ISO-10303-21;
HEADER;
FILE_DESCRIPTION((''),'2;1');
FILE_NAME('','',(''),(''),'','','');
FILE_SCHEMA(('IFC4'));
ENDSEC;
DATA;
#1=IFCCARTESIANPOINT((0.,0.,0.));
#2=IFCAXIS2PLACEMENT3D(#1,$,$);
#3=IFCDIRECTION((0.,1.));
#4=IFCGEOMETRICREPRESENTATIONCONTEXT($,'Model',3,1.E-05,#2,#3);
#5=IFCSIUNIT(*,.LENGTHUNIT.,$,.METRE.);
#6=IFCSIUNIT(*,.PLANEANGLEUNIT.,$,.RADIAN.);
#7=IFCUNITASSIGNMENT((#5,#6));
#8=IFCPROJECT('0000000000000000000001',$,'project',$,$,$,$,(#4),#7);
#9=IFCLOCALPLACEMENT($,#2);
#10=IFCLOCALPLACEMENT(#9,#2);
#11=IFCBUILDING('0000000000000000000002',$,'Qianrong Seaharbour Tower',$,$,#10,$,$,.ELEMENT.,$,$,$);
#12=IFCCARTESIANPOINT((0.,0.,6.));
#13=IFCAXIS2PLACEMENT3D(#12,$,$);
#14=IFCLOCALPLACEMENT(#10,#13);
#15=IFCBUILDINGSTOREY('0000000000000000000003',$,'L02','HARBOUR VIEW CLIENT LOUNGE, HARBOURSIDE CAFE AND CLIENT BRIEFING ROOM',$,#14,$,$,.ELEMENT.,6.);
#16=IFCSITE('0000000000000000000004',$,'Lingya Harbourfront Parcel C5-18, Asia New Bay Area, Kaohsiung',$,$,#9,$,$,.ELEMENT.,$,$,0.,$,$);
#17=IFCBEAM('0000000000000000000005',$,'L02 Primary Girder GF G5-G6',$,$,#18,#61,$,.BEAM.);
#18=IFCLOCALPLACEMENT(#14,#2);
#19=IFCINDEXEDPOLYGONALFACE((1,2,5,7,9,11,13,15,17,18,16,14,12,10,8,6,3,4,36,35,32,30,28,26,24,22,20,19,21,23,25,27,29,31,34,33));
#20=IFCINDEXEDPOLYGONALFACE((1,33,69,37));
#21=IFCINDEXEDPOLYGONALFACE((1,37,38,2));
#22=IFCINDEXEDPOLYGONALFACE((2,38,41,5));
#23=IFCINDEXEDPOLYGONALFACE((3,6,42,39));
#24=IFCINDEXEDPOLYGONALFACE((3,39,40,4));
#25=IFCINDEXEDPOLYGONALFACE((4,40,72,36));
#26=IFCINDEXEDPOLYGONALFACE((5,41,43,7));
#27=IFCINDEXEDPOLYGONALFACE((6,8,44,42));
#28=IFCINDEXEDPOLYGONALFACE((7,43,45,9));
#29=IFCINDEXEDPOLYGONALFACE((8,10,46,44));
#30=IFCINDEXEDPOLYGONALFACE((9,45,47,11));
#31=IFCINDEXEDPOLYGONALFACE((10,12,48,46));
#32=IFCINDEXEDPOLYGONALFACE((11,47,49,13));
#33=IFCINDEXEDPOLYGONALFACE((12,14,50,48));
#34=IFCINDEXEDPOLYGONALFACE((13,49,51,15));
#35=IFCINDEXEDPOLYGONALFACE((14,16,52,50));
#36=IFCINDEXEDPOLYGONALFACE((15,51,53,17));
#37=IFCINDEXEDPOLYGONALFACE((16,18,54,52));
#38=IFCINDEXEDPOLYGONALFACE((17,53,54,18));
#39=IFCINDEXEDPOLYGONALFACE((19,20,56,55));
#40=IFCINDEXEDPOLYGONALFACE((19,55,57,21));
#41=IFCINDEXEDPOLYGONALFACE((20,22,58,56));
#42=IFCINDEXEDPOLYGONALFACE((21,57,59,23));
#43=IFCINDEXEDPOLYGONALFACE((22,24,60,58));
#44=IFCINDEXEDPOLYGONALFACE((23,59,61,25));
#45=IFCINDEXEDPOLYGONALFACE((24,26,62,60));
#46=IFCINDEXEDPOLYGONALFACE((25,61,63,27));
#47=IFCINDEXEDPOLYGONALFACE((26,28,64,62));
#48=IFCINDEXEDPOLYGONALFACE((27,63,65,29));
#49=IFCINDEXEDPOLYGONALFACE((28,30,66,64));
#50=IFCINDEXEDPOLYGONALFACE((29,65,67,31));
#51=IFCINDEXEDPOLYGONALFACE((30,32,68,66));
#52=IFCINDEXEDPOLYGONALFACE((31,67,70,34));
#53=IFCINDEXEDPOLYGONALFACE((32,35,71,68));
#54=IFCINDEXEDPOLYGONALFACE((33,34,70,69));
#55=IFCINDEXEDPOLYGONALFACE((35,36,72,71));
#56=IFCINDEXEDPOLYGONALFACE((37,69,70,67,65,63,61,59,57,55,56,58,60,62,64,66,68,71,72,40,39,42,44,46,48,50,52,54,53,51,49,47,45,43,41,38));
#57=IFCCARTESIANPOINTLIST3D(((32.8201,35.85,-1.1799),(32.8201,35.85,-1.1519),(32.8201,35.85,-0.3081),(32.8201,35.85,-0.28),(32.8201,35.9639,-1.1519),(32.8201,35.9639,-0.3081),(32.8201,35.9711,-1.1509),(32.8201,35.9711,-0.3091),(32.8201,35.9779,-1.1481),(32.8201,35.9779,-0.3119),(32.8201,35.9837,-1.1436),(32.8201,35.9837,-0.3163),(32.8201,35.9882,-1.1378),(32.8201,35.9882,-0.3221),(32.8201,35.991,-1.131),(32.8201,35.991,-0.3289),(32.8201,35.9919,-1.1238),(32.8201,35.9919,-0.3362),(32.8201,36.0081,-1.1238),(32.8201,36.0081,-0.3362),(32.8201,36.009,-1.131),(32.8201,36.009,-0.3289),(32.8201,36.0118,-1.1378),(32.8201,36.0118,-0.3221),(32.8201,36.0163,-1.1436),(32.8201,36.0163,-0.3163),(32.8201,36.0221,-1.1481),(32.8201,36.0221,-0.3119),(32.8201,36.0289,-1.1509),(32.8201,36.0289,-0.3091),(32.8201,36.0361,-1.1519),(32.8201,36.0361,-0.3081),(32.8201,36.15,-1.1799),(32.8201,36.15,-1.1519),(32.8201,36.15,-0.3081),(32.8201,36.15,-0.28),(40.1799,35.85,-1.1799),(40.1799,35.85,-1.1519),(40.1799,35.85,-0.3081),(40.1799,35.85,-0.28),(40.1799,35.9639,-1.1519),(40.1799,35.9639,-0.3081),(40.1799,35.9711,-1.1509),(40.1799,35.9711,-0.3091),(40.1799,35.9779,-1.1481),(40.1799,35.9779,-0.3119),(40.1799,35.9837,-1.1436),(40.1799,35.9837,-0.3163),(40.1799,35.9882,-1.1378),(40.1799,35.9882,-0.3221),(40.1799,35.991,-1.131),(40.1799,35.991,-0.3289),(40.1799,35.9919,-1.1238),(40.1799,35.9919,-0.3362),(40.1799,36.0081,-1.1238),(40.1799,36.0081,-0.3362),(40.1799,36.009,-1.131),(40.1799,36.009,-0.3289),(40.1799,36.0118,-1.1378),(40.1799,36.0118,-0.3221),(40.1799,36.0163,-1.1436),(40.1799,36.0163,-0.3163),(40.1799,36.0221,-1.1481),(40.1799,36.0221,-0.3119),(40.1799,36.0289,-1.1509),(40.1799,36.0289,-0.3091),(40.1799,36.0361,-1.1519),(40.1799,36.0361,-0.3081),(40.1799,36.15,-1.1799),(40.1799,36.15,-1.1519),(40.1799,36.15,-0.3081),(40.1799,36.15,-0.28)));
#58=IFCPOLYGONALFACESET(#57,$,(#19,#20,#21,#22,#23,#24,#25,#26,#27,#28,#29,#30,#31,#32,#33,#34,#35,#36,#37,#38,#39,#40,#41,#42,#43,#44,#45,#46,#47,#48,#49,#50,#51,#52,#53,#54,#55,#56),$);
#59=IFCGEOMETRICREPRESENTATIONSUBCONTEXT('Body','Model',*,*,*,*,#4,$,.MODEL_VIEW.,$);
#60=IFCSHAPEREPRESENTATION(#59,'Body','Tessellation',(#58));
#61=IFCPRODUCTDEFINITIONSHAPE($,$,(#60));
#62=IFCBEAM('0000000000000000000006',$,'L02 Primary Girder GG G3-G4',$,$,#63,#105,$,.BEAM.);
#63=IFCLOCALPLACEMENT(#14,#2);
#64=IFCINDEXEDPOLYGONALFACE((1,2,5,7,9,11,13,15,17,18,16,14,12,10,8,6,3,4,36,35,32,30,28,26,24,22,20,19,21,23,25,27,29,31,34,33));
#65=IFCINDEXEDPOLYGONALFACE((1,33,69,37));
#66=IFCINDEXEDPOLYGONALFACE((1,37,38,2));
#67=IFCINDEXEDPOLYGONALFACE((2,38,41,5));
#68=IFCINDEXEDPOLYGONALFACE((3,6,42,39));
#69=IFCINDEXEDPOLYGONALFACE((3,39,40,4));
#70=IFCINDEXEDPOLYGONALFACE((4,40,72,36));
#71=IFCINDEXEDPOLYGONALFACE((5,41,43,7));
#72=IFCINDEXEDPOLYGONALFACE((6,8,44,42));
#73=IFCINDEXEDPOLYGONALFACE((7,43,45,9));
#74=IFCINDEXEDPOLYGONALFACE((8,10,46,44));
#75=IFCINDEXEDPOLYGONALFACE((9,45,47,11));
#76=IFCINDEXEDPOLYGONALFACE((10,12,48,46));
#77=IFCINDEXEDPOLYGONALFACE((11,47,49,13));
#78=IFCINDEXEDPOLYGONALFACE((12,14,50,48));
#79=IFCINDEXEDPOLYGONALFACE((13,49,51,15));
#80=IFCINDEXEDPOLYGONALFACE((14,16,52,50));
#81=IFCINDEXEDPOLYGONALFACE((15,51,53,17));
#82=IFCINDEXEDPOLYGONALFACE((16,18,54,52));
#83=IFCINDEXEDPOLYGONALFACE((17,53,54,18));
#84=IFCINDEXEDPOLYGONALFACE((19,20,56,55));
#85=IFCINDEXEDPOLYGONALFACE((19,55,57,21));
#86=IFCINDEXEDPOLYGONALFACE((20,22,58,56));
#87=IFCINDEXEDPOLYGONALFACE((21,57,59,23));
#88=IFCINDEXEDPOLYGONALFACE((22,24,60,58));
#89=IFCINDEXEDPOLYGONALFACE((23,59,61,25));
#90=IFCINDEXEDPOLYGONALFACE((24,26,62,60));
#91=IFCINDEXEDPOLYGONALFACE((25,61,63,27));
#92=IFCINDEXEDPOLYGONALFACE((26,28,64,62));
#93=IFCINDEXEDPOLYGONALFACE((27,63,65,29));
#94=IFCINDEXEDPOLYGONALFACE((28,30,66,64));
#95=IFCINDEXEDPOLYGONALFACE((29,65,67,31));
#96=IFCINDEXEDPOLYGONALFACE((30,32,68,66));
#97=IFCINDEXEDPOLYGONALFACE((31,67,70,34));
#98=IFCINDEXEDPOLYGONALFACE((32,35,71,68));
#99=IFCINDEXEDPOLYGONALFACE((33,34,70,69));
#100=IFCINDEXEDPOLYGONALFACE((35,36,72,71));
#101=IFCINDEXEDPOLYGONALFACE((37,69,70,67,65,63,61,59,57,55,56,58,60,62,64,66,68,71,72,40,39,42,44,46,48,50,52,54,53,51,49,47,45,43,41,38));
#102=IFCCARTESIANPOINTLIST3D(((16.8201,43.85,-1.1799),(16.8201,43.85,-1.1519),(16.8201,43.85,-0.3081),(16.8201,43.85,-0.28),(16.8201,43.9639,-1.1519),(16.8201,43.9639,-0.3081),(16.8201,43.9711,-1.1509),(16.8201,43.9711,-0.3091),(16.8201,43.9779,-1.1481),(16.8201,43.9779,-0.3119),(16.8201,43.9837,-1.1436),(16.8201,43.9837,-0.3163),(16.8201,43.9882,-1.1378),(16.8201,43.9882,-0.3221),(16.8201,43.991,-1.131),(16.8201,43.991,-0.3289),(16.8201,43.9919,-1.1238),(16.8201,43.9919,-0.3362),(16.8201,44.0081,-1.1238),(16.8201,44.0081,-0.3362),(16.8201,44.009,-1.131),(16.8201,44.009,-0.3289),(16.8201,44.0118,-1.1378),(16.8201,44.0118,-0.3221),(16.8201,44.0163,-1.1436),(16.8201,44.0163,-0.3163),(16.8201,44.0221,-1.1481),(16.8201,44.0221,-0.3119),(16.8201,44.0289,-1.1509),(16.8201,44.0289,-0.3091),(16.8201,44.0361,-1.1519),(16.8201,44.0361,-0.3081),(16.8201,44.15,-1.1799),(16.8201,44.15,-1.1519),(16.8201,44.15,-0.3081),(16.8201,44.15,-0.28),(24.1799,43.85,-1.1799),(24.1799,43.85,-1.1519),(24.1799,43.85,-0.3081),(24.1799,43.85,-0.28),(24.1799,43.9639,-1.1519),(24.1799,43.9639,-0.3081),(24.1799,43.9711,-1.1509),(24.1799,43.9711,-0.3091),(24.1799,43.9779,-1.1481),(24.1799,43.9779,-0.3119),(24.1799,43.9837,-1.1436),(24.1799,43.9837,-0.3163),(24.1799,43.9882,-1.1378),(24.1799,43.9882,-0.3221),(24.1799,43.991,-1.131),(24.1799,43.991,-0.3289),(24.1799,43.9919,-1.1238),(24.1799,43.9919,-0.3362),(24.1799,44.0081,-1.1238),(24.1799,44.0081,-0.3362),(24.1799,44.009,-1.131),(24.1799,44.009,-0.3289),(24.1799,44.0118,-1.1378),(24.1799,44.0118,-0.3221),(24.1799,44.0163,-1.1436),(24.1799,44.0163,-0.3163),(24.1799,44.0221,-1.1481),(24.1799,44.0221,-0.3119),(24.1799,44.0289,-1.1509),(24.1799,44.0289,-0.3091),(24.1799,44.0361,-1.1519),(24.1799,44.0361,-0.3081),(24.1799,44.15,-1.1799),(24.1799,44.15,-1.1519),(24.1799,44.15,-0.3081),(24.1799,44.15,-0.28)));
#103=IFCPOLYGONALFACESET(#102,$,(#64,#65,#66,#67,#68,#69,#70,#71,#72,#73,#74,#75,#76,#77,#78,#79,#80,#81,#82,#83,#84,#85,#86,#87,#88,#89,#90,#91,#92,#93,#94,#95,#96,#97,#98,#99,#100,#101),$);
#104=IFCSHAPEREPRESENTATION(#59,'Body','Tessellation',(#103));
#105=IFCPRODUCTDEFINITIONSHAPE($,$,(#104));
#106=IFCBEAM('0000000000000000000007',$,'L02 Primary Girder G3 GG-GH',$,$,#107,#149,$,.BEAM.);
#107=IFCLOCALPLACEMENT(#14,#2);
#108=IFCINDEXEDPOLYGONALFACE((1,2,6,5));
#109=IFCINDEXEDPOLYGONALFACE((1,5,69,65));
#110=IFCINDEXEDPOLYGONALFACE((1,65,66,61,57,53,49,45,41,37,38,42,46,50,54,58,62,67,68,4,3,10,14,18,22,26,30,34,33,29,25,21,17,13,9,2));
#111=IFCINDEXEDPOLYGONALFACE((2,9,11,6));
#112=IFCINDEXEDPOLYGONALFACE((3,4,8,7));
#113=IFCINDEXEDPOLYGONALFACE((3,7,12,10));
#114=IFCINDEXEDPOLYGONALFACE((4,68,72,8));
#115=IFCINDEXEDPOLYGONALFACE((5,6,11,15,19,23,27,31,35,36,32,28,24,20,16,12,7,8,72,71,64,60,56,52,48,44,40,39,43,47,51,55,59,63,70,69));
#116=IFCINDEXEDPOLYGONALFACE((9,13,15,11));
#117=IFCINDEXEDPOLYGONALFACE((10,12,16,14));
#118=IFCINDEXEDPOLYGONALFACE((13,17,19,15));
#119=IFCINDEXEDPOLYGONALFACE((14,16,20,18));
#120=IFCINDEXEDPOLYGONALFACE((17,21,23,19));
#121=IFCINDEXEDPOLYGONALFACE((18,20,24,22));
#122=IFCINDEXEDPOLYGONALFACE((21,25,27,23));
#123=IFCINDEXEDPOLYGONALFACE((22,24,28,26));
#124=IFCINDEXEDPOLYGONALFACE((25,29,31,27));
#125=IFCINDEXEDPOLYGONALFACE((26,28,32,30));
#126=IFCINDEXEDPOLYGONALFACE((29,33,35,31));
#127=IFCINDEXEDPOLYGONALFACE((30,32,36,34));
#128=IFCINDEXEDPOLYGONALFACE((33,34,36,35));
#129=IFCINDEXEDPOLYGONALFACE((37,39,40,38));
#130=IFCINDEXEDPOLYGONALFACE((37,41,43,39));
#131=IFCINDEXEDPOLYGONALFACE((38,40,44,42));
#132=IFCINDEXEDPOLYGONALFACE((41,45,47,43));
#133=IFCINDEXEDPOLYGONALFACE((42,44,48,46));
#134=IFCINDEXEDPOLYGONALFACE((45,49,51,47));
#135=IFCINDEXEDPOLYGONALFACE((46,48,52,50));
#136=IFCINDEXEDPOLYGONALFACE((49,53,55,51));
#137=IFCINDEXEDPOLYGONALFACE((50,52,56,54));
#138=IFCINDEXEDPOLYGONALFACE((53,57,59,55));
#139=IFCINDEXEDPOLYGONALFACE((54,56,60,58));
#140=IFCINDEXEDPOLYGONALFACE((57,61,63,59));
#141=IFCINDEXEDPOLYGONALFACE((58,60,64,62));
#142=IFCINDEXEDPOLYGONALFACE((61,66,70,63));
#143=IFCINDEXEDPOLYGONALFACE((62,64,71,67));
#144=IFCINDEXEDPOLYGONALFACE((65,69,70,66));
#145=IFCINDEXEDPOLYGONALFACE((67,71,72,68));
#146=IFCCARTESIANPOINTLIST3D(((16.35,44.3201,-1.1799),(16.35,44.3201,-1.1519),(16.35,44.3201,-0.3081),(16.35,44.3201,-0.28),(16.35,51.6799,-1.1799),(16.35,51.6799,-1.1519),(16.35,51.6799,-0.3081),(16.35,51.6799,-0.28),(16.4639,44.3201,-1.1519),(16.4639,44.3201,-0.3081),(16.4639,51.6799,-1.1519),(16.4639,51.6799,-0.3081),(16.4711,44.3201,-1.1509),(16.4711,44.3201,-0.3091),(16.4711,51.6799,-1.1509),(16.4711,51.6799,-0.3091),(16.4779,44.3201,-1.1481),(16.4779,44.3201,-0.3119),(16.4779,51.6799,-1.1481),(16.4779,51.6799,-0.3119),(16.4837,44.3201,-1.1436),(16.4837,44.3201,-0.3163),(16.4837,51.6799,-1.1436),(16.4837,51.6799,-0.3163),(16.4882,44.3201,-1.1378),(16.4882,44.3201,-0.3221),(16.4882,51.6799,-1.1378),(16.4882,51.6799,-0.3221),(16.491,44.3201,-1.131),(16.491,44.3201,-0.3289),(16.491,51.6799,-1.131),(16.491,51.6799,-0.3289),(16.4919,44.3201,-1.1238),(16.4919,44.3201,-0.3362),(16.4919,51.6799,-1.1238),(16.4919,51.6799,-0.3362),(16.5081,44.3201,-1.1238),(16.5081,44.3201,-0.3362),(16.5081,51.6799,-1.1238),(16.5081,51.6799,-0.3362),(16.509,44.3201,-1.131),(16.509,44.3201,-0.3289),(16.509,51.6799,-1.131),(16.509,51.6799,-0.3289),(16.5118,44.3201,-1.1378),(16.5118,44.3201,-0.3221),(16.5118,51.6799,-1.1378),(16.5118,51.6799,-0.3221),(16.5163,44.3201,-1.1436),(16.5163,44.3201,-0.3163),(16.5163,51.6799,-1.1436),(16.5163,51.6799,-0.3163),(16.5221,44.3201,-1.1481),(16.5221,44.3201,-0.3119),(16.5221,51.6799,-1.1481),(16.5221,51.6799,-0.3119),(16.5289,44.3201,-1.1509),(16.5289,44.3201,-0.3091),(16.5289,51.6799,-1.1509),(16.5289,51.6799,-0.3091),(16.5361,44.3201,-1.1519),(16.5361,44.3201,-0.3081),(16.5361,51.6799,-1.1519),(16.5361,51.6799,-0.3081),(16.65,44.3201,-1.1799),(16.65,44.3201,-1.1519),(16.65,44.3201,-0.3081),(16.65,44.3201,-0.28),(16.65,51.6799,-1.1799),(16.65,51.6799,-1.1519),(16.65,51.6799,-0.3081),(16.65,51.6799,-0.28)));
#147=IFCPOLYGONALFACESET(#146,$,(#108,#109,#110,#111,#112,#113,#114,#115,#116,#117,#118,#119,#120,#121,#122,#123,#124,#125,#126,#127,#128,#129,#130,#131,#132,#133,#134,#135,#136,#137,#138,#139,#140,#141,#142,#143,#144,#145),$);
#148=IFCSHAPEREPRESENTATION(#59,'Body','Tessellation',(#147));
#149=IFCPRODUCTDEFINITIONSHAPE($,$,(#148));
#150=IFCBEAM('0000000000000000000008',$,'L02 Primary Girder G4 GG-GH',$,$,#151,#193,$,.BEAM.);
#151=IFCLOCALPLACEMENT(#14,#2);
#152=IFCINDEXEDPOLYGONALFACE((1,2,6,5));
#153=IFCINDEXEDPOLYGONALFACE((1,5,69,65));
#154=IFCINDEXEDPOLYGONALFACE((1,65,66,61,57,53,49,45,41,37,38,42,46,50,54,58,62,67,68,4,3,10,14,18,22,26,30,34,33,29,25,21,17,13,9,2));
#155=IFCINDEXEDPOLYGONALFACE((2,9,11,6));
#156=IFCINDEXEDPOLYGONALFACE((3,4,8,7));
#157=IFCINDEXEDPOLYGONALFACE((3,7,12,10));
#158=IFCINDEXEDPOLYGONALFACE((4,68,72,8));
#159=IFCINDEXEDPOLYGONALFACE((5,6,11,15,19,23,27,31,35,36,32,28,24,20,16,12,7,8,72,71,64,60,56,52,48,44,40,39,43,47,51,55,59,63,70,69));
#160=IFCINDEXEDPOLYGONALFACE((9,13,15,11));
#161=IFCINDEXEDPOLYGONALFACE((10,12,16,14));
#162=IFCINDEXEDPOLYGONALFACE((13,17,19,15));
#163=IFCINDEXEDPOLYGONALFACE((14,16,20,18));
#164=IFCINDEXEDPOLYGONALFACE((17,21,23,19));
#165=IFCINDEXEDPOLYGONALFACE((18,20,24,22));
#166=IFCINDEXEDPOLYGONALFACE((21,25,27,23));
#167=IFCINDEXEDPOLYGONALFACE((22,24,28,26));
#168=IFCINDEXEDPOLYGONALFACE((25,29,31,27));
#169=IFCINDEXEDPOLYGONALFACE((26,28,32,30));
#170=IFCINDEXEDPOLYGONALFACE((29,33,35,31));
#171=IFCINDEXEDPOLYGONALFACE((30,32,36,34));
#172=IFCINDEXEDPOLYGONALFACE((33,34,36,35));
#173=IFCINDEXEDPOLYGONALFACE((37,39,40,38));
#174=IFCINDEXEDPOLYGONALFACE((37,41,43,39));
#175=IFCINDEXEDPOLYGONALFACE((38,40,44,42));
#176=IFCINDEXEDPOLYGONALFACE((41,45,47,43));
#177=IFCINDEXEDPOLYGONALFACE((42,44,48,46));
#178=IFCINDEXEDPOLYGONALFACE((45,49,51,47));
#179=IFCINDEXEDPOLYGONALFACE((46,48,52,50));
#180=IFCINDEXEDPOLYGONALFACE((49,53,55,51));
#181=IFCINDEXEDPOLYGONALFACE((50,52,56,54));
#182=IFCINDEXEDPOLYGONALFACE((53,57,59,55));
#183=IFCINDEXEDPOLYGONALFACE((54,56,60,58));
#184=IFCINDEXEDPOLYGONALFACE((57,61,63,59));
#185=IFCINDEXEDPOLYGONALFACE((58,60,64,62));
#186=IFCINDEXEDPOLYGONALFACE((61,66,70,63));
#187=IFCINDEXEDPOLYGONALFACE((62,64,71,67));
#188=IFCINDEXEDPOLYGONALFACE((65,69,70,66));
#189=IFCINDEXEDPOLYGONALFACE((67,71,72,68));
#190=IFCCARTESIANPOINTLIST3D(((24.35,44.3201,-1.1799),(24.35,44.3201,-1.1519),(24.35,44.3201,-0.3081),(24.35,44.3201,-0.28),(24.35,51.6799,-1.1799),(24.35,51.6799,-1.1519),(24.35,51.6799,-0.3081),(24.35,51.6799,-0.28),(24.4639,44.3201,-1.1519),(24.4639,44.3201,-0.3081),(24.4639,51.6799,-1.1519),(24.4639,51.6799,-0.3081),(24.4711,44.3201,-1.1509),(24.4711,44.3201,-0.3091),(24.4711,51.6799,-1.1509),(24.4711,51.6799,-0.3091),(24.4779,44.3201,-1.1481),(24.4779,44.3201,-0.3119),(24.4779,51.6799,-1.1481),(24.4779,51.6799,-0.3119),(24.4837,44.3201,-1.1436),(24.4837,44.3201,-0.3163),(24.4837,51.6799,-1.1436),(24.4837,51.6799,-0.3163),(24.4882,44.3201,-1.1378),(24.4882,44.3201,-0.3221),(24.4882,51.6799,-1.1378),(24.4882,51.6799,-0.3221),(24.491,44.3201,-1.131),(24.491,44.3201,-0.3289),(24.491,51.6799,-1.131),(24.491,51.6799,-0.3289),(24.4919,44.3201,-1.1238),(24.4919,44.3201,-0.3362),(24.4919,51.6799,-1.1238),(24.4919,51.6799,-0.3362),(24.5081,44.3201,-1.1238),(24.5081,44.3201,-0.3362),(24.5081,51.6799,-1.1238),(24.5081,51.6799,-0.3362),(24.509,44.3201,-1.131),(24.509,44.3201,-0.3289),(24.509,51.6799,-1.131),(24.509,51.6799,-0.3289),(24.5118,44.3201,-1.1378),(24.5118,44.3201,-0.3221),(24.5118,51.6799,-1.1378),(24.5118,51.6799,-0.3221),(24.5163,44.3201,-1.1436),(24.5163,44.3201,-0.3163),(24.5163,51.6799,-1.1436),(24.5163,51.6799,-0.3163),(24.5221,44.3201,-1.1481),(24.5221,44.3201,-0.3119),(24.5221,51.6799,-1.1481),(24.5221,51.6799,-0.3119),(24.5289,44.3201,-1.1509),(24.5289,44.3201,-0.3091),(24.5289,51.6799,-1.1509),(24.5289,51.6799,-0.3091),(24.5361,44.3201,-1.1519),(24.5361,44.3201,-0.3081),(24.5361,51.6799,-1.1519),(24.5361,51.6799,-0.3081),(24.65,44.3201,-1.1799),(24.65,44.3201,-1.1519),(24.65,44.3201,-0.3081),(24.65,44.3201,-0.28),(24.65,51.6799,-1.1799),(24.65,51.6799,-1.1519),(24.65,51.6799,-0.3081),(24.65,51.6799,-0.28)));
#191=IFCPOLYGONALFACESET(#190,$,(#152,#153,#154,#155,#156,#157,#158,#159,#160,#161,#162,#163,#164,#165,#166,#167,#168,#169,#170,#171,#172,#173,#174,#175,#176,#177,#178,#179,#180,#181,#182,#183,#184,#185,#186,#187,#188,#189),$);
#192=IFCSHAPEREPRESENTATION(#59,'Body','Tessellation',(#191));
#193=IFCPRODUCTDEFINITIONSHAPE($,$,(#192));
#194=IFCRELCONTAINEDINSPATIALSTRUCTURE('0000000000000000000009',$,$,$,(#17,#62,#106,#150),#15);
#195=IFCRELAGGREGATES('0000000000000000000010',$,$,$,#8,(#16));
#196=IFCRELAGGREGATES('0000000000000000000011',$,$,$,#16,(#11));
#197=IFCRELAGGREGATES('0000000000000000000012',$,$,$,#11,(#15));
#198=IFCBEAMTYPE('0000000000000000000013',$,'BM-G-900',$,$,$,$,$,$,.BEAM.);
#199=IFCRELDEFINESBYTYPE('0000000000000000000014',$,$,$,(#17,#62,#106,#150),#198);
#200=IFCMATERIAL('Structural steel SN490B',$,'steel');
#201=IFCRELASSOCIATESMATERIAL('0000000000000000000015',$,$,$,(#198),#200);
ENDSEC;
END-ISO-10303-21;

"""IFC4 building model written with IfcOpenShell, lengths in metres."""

from ifc_helpers import new_model, si_unit, direction, frame, origin, origin_2d, place, context, subcontext, project, spatial, i_section, extrude, material, material_profile, profile_set, type_object, element, save


model = new_model("IFC4")

# Units and contexts
model_context = context("Model", 3, precision=1e-05, world=origin(), true_north=direction((0.0, 1.0)))
body_context = subcontext(model_context, "Body", "Model", "MODEL_VIEW")
ifc_project = project(units=[si_unit("LENGTHUNIT", "METRE"), si_unit("PLANEANGLEUNIT", "RADIAN")], contexts=[model_context])

# Site, building, storey
site_placement = place(None, origin())
site = spatial("IfcSite", under=ifc_project, at=site_placement, Name="Lingya Harbourfront Parcel C5-18, Asia New Bay Area, Kaohsiung", CompositionType="ELEMENT", RefElevation=0.0)
building_placement = place(site_placement, origin())
building = spatial("IfcBuilding", under=site, at=building_placement, Name="Qianrong Seaharbour Tower", CompositionType="ELEMENT")
storey_placement = place(building_placement, frame((0.0, 0.0, 6.0)))
storey = spatial("IfcBuildingStorey", under=building, at=storey_placement, Name="L02", Description="HARBOUR VIEW CLIENT LOUNGE, HARBOURSIDE CAFE AND CLIENT BRIEFING ROOM", CompositionType="ELEMENT", Elevation=6.0)

# Shared definitions
ifc_material_1 = material(Name="Structural steel SN490B", Category="steel")

# Beams
ifc_material_profile_1 = material_profile(ifc_material_1, i_section(OverallWidth=0.3, OverallDepth=0.8999, WebThickness=0.0161, FlangeThickness=0.0281, FilletRadius=0.0281, at=origin_2d()), Name="H900x300x16x28")
ifc_profile_set_1 = profile_set([ifc_material_profile_1], Name="Structural steel SN490B")
beam_type_1 = type_object("IfcBeamType", Name="BM-G-900", PredefinedType="BEAM", material=ifc_profile_set_1)
for number, where, z_axis, x_axis, name in (
    (1, (32.8201, 36.0, -0.73), (1.0, 0.0, 0.0), (0.0, 1.0, 0.0), "L02 Primary Girder GF G5-G6"),
    (2, (16.8201, 44.0, -0.73), (1.0, 0.0, 0.0), (0.0, 1.0, 0.0), "L02 Primary Girder GG G3-G4"),
    (3, (16.5, 44.3201, -0.73), (0.0, 1.0, 0.0), (-1.0, 0.0, 0.0), "L02 Primary Girder G3 GG-GH"),
    (4, (24.5, 44.3201, -0.73), (0.0, 1.0, 0.0), (-1.0, 0.0, 0.0), "L02 Primary Girder G4 GG-GH"),
):
    element("IfcBeam", number, at=place(storey_placement, frame(where, z_axis=z_axis, x_axis=x_axis)), inside=storey, type_object=beam_type_1, Name=name, PredefinedType="BEAM", context=body_context, shape_type="SweptSolid", body=[
        extrude(i_section(OverallWidth=0.3, OverallDepth=0.8999, WebThickness=0.0161, FlangeThickness=0.0281, FilletRadius=0.0281, at=origin_2d()), origin(), (0.0, 0.0, 1.0), 7.3599),
    ])

save(model, "model.ifc")
